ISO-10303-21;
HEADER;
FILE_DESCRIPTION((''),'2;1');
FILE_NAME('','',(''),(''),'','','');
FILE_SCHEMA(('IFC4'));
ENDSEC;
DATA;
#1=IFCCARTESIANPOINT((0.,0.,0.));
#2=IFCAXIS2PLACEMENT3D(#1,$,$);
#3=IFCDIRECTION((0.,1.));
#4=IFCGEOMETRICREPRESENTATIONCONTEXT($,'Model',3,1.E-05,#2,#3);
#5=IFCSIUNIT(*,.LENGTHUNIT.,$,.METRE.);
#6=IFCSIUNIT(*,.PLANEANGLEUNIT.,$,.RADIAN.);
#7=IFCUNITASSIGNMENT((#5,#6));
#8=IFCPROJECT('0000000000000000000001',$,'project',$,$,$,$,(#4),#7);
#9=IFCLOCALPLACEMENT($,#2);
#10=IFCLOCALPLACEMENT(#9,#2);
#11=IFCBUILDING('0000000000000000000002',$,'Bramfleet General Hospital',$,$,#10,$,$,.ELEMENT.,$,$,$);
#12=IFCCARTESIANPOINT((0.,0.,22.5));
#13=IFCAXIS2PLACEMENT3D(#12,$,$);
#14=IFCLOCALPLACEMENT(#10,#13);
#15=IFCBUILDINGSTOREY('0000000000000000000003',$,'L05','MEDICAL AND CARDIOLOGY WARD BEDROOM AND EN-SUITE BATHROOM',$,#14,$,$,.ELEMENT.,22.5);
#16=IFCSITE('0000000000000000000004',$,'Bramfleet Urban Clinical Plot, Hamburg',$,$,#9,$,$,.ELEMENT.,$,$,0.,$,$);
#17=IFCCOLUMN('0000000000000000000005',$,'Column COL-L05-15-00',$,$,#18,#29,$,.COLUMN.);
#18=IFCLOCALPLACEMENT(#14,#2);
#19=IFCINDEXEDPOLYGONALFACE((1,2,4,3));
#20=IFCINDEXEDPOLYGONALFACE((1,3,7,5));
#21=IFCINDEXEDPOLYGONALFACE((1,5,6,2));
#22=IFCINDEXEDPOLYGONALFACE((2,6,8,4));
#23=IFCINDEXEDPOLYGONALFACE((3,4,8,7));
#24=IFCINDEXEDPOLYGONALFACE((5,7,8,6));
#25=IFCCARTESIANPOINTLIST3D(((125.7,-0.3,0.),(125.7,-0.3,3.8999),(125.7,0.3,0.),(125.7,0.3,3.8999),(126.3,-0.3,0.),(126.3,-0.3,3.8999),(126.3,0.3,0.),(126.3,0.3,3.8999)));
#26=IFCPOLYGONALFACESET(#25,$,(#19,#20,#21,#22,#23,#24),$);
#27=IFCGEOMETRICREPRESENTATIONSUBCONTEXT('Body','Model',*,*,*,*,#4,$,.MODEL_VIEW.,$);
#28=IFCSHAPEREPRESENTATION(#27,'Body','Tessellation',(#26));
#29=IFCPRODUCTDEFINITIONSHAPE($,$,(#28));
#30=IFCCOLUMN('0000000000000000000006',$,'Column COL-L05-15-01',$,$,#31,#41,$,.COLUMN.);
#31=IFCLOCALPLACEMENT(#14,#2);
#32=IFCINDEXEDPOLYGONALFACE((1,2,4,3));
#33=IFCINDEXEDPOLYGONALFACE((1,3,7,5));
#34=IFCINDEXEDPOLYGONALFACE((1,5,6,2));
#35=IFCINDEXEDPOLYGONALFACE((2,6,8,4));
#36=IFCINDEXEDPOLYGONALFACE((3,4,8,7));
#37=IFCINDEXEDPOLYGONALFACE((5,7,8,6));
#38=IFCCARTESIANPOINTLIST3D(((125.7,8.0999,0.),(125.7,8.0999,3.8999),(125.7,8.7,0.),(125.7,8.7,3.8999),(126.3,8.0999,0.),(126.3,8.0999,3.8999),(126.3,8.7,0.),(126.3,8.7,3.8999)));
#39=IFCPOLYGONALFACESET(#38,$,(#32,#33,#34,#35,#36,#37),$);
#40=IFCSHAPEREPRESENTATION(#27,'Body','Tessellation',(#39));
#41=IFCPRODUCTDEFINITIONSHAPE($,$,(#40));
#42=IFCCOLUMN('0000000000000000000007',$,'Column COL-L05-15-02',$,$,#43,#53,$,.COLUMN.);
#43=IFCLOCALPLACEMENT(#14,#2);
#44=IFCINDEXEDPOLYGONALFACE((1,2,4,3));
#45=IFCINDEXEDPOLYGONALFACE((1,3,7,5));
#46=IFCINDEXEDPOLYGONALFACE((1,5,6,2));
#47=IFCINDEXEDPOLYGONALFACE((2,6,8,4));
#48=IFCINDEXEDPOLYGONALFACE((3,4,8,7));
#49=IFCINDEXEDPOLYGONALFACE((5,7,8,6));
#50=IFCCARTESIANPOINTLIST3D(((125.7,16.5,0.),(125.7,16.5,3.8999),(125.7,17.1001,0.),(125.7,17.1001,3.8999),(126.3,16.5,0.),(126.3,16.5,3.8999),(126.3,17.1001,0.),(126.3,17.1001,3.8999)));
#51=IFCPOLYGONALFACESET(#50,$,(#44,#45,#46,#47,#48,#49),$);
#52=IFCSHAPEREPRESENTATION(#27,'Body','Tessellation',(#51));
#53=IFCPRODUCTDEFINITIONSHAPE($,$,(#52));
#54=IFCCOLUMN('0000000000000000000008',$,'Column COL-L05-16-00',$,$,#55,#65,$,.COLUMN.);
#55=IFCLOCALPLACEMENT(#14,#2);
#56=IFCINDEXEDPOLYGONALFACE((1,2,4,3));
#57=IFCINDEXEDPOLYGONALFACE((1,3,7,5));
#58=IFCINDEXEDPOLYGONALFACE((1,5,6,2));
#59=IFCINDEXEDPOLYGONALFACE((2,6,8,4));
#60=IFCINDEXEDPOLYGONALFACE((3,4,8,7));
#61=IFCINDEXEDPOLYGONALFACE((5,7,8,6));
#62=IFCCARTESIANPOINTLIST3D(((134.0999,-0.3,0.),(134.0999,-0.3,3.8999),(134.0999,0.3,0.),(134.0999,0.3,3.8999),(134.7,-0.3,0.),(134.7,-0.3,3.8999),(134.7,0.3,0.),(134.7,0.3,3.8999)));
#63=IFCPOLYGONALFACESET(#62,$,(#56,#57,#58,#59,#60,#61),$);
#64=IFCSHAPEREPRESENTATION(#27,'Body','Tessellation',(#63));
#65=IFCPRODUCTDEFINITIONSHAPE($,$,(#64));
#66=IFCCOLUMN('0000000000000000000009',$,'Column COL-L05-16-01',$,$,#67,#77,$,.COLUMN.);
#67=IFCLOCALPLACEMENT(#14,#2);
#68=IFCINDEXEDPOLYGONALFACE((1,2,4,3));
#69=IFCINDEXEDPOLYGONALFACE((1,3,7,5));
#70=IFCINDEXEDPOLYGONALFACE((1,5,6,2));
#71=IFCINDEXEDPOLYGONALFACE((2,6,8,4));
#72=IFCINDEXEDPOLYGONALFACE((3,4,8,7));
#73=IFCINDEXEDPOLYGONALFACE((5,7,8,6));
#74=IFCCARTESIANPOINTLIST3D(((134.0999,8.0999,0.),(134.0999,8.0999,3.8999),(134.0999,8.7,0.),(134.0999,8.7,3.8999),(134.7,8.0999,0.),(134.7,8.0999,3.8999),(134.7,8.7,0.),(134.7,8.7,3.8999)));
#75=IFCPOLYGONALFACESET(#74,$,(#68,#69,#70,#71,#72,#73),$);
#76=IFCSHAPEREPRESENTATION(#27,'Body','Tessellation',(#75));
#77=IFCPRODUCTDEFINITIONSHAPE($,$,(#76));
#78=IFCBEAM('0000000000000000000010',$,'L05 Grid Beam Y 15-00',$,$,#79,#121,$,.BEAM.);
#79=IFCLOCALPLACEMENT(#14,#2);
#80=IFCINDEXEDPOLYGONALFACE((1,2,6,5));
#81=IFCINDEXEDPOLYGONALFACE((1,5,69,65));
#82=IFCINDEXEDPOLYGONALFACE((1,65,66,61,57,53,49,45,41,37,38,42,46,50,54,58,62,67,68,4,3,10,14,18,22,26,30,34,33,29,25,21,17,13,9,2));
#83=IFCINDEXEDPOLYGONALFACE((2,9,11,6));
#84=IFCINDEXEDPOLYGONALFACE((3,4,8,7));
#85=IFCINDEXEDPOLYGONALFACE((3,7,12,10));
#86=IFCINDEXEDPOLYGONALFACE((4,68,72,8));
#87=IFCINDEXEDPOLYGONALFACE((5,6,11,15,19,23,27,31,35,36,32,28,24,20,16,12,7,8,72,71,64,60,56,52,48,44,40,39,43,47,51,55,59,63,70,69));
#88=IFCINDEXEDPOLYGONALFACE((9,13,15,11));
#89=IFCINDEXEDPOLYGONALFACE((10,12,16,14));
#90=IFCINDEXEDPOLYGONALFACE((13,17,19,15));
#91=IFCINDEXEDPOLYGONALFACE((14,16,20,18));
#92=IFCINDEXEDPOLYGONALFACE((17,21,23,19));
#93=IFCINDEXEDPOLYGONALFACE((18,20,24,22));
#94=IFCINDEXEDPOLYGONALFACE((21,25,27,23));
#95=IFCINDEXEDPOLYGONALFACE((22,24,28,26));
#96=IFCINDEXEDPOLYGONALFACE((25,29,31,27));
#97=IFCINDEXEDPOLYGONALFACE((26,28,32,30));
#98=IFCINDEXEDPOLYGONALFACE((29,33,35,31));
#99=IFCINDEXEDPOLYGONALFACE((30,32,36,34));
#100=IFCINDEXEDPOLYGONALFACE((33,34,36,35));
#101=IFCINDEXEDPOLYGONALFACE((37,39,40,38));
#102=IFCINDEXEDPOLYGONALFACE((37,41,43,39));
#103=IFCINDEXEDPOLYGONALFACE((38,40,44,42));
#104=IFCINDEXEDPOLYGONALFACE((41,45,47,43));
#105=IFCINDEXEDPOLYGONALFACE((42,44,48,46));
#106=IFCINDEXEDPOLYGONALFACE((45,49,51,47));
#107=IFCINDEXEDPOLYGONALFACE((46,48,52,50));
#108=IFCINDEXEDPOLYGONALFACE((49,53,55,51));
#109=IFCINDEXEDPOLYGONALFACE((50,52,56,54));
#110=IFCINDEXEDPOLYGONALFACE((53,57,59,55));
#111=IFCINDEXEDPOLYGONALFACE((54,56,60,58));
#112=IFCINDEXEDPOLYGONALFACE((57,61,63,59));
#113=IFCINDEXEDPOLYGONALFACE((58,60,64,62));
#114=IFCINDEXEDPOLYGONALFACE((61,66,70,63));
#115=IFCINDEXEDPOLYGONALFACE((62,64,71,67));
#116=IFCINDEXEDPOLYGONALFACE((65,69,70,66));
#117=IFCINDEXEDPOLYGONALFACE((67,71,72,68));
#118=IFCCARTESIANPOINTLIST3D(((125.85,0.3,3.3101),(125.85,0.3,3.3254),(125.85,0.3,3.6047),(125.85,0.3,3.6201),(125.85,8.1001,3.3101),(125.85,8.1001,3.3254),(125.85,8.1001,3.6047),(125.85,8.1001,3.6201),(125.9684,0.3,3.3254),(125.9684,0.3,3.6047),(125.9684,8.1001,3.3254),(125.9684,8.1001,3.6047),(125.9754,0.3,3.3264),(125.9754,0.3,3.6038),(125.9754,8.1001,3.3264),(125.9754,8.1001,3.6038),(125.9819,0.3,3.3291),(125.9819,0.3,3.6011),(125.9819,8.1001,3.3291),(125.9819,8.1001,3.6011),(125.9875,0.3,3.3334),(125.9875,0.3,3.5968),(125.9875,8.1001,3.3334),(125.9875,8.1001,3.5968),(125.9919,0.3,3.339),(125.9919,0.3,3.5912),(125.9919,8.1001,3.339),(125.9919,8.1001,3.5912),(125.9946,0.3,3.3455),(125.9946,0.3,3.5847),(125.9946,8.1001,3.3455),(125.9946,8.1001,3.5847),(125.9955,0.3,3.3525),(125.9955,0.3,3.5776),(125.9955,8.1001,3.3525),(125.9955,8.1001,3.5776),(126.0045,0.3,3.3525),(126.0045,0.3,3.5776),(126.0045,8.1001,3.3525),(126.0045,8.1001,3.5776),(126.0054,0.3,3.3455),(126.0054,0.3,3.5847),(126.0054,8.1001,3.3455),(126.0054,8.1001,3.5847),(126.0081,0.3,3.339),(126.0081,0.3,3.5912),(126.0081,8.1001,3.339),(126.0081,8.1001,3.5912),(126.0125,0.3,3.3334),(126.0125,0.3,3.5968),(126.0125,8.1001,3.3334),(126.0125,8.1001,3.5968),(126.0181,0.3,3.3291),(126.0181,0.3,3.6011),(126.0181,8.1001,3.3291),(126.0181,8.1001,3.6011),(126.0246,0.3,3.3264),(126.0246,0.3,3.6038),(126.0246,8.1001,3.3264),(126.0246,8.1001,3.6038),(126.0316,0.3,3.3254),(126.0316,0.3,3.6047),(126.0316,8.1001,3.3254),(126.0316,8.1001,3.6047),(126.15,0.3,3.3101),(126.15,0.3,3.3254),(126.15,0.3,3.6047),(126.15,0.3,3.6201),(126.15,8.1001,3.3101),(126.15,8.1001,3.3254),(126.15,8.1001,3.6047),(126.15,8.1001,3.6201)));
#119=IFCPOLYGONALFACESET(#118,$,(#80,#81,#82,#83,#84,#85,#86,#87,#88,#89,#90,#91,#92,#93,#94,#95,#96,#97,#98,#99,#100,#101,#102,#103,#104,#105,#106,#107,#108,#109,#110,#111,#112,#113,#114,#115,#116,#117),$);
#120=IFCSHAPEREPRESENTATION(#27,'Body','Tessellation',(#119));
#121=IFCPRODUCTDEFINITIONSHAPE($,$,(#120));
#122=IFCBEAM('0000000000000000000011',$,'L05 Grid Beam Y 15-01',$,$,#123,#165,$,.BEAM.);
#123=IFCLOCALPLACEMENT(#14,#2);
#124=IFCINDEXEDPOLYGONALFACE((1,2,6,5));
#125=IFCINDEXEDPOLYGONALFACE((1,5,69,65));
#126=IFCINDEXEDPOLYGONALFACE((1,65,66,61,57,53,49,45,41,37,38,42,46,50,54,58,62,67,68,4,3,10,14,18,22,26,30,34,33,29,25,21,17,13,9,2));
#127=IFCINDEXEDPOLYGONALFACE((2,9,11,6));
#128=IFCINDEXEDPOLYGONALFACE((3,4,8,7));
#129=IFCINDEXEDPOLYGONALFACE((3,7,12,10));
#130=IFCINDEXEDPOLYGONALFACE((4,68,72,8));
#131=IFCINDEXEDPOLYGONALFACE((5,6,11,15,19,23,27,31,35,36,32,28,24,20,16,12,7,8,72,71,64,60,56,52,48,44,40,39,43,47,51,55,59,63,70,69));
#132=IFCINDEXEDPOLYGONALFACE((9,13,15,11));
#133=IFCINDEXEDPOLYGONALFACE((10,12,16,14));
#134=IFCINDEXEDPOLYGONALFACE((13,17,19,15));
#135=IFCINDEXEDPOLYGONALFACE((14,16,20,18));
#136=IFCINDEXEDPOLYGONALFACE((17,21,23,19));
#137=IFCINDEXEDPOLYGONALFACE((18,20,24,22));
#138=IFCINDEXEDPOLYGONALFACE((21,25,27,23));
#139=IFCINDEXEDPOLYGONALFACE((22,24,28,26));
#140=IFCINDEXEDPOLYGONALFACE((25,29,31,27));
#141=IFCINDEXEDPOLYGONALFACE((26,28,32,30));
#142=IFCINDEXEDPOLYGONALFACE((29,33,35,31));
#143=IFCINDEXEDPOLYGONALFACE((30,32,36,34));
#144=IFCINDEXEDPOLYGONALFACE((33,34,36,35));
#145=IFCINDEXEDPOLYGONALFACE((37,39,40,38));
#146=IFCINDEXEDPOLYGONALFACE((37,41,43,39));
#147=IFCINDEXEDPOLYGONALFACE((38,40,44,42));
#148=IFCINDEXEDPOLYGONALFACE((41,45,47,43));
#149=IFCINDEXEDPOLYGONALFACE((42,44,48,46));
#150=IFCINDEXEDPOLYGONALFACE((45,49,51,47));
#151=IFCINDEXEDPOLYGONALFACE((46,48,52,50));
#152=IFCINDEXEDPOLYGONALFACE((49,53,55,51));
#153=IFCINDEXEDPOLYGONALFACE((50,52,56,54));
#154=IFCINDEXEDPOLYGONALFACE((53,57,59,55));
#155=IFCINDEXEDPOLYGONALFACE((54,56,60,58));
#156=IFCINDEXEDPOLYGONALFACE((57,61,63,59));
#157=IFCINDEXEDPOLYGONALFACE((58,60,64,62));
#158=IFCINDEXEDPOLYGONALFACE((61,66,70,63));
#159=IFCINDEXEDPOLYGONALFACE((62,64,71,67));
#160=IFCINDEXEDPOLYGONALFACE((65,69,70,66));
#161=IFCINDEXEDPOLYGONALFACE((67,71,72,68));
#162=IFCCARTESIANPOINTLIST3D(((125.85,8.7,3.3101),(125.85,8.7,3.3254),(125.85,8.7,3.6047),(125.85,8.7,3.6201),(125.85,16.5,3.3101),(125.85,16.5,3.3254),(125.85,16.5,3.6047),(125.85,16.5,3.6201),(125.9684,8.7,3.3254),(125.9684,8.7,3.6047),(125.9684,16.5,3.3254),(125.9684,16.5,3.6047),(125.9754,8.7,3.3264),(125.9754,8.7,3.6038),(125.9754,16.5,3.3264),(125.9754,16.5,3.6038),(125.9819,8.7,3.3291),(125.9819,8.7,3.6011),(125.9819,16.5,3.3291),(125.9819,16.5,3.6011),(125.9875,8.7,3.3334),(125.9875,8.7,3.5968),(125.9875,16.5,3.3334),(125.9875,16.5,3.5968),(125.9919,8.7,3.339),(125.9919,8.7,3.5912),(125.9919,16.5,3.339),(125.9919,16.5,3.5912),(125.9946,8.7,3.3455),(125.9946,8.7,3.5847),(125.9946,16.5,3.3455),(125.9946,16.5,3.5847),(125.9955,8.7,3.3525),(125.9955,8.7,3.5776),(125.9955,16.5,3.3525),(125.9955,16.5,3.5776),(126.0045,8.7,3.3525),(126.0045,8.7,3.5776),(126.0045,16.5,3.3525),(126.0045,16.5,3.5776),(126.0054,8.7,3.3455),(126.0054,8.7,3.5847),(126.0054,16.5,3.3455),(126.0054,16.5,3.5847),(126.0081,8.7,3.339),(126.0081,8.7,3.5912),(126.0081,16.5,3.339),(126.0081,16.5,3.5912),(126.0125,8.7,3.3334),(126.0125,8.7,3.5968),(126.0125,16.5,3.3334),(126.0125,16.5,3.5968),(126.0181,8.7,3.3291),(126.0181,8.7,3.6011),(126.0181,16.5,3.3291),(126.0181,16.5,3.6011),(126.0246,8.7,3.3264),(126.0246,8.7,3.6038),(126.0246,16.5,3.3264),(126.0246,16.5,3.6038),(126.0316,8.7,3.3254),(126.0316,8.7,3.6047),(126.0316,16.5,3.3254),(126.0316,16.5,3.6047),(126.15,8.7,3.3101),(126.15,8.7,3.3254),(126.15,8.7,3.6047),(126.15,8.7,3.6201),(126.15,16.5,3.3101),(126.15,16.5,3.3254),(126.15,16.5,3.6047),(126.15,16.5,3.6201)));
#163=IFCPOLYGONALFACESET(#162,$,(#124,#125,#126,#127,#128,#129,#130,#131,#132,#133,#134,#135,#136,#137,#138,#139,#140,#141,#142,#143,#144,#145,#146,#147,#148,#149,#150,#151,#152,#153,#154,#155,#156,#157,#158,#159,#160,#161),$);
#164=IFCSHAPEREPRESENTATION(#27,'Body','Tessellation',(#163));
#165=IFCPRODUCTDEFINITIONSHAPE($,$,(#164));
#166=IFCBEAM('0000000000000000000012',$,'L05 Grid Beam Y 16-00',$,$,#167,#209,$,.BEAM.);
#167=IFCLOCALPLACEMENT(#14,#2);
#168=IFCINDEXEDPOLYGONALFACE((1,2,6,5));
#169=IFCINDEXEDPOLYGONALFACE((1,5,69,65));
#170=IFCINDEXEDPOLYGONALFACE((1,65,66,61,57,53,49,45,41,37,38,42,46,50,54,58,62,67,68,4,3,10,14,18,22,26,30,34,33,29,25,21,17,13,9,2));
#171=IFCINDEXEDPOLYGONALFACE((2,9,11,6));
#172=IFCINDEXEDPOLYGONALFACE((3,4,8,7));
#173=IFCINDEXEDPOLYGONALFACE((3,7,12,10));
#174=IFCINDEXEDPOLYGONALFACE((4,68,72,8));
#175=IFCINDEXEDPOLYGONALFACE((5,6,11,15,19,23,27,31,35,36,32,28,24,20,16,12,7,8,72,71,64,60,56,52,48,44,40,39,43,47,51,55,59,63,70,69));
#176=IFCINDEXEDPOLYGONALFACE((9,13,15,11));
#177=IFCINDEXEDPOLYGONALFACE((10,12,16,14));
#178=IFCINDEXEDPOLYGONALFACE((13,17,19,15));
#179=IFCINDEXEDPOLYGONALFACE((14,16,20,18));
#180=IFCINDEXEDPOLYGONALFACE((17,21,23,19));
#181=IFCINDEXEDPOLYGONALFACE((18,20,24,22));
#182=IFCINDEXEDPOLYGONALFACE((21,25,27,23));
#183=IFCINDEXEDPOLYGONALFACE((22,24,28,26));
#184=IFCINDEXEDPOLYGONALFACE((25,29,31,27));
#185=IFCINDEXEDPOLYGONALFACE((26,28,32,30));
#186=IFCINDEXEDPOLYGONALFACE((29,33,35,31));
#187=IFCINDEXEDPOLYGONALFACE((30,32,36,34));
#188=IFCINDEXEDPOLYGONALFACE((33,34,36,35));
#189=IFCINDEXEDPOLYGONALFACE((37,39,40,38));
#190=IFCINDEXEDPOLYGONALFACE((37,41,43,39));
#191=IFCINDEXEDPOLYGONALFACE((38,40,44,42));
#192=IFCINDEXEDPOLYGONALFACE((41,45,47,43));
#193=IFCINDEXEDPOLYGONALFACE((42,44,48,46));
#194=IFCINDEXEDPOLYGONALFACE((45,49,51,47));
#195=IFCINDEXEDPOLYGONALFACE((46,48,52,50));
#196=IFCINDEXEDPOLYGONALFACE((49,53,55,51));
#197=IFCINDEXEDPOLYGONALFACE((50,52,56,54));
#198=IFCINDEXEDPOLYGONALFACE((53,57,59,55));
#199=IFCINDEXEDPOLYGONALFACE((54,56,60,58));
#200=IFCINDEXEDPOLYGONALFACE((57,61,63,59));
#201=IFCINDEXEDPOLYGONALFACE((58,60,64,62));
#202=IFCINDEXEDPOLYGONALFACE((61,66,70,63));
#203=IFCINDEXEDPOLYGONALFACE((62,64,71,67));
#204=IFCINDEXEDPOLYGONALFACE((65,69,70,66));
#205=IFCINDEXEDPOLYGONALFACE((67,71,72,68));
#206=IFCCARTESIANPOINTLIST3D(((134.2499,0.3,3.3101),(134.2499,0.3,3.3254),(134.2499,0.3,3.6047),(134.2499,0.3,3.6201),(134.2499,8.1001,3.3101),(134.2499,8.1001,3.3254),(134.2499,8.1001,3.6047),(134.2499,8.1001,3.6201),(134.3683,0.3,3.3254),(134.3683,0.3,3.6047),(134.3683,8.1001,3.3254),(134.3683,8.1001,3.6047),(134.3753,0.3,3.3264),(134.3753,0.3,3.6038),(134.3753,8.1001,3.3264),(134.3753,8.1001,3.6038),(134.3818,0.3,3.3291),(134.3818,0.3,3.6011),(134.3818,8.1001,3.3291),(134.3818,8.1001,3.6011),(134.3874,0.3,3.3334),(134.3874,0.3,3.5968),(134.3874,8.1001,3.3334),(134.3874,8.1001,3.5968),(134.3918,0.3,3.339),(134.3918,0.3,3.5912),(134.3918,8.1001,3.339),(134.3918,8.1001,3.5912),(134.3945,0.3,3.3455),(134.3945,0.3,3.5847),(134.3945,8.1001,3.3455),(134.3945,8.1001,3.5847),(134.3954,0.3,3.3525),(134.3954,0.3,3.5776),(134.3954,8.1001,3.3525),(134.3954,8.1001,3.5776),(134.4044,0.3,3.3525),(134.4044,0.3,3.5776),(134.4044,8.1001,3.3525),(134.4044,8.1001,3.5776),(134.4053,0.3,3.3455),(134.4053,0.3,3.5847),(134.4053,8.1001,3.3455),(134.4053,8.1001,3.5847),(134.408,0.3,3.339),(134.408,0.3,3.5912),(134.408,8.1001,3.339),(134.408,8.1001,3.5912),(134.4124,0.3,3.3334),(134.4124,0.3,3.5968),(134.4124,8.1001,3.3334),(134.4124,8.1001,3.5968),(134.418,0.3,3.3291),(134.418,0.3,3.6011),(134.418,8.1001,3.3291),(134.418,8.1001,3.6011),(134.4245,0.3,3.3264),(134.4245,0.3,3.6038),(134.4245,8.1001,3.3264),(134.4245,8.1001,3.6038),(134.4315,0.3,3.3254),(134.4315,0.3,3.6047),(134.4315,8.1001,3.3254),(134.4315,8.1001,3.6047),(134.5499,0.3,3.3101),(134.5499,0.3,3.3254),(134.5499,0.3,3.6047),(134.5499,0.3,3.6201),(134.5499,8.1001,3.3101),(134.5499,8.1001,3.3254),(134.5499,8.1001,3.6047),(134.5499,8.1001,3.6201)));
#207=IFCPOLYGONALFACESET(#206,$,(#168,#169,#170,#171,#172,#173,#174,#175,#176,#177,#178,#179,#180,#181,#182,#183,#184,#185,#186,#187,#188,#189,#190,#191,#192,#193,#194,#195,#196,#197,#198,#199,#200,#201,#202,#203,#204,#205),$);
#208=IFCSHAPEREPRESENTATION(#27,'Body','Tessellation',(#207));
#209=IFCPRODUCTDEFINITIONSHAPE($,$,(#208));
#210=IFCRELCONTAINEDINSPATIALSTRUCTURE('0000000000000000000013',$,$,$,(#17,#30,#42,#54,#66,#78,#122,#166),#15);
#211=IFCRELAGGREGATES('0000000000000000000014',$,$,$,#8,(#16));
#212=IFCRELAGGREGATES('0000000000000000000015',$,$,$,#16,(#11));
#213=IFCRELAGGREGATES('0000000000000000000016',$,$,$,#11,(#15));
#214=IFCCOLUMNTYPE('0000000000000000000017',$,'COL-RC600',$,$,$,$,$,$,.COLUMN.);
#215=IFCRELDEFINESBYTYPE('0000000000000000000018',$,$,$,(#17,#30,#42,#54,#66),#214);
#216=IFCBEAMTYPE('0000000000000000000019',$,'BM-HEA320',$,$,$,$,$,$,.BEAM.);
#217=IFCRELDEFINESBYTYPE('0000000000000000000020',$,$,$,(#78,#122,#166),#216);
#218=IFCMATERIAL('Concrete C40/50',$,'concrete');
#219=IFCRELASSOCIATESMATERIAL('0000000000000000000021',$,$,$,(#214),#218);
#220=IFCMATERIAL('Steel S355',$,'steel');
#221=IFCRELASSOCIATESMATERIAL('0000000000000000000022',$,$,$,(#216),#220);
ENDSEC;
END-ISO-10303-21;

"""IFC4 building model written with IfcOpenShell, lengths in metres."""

from ifc_helpers import new_model, si_unit, direction, frame, origin, origin_2d, place, context, subcontext, project, spatial, rectangle, i_section, extrude, material, material_profile, profile_set, type_object, element, save


model = new_model("IFC4")

# Units and contexts
model_context = context("Model", 3, precision=1e-05, world=origin(), true_north=direction((0.0, 1.0)))
body_context = subcontext(model_context, "Body", "Model", "MODEL_VIEW")
ifc_project = project(units=[si_unit("LENGTHUNIT", "METRE"), si_unit("PLANEANGLEUNIT", "RADIAN")], contexts=[model_context])

# Site, building, storey
site_placement = place(None, origin())
site = spatial("IfcSite", under=ifc_project, at=site_placement, Name="Bramfleet Urban Clinical Plot, Hamburg", CompositionType="ELEMENT", RefElevation=0.0)
building_placement = place(site_placement, origin())
building = spatial("IfcBuilding", under=site, at=building_placement, Name="Bramfleet General Hospital", CompositionType="ELEMENT")
storey_placement = place(building_placement, frame((0.0, 0.0, 22.5)))
storey = spatial("IfcBuildingStorey", under=building, at=storey_placement, Name="L05", Description="MEDICAL AND CARDIOLOGY WARD BEDROOM AND EN-SUITE BATHROOM", CompositionType="ELEMENT", Elevation=22.5)

# Columns
ifc_material_1 = material(Name="Concrete C40/50", Category="concrete")
ifc_material_profile_1 = material_profile(ifc_material_1, rectangle(XDim=0.6001, YDim=0.6001, at=origin_2d()), Name="RC COL 600x600")
ifc_profile_set_1 = profile_set([ifc_material_profile_1], Name="Concrete C40/50")
column_type = type_object("IfcColumnType", Name="COL-RC600", PredefinedType="COLUMN", material=ifc_profile_set_1)
for number, where, z_axis, x_axis, name in (
    (1, (126.0, 0.0, 0.0), (0.0, 0.0, 1.0), (1.0, 0.0, 0.0), "Column COL-L05-15-00"),
    (2, (126.0, 8.3999, 0.0), (0.0, 0.0, 1.0), (1.0, 0.0, 0.0), "Column COL-L05-15-01"),
    (3, (126.0, 16.8, 0.0), (0.0, 0.0, 1.0), (1.0, 0.0, 0.0), "Column COL-L05-15-02"),
    (4, (134.3999, 0.0, 0.0), (0.0, 0.0, 1.0), (1.0, 0.0, 0.0), "Column COL-L05-16-00"),
    (5, (134.3999, 8.3999, 0.0), (0.0, 0.0, 1.0), (1.0, 0.0, 0.0), "Column COL-L05-16-01"),
):
    element("IfcColumn", number, at=place(storey_placement, frame(where, z_axis=z_axis, x_axis=x_axis)), inside=storey, type_object=column_type, Name=name, PredefinedType="COLUMN", context=body_context, shape_type="SweptSolid", body=[
        extrude(rectangle(XDim=0.6001, YDim=0.6001, at=origin_2d()), origin(), (0.0, 0.0, 1.0), 3.8999),
    ])

# Beams
ifc_material_2 = material(Name="Steel S355", Category="steel")
ifc_material_profile_2 = material_profile(ifc_material_2, i_section(OverallWidth=0.3, OverallDepth=0.3101, WebThickness=0.009, FlangeThickness=0.0154, FilletRadius=0.0271, at=origin_2d()), Name="HEA 320")
ifc_profile_set_2 = profile_set([ifc_material_profile_2], Name="Steel S355")
beam_type_1 = type_object("IfcBeamType", Name="BM-HEA320", PredefinedType="BEAM", material=ifc_profile_set_2)
for number, where, z_axis, x_axis, name in (
    (6, (126.0, 0.3, 3.4651), (0.0, 1.0, 0.0), (-1.0, 0.0, 0.0), "L05 Grid Beam Y 15-00"),
    (7, (126.0, 8.7, 3.4651), (0.0, 1.0, 0.0), (-1.0, 0.0, 0.0), "L05 Grid Beam Y 15-01"),
    (8, (134.3999, 0.3, 3.4651), (0.0, 1.0, 0.0), (-1.0, 0.0, 0.0), "L05 Grid Beam Y 16-00"),
):
    element("IfcBeam", number, at=place(storey_placement, frame(where, z_axis=z_axis, x_axis=x_axis)), inside=storey, type_object=beam_type_1, Name=name, PredefinedType="BEAM", context=body_context, shape_type="SweptSolid", body=[
        extrude(i_section(OverallWidth=0.3, OverallDepth=0.3101, WebThickness=0.009, FlangeThickness=0.0154, FilletRadius=0.0271, at=origin_2d()), origin(), (0.0, 0.0, 1.0), 7.8),
    ])

save(model, "model.ifc")
